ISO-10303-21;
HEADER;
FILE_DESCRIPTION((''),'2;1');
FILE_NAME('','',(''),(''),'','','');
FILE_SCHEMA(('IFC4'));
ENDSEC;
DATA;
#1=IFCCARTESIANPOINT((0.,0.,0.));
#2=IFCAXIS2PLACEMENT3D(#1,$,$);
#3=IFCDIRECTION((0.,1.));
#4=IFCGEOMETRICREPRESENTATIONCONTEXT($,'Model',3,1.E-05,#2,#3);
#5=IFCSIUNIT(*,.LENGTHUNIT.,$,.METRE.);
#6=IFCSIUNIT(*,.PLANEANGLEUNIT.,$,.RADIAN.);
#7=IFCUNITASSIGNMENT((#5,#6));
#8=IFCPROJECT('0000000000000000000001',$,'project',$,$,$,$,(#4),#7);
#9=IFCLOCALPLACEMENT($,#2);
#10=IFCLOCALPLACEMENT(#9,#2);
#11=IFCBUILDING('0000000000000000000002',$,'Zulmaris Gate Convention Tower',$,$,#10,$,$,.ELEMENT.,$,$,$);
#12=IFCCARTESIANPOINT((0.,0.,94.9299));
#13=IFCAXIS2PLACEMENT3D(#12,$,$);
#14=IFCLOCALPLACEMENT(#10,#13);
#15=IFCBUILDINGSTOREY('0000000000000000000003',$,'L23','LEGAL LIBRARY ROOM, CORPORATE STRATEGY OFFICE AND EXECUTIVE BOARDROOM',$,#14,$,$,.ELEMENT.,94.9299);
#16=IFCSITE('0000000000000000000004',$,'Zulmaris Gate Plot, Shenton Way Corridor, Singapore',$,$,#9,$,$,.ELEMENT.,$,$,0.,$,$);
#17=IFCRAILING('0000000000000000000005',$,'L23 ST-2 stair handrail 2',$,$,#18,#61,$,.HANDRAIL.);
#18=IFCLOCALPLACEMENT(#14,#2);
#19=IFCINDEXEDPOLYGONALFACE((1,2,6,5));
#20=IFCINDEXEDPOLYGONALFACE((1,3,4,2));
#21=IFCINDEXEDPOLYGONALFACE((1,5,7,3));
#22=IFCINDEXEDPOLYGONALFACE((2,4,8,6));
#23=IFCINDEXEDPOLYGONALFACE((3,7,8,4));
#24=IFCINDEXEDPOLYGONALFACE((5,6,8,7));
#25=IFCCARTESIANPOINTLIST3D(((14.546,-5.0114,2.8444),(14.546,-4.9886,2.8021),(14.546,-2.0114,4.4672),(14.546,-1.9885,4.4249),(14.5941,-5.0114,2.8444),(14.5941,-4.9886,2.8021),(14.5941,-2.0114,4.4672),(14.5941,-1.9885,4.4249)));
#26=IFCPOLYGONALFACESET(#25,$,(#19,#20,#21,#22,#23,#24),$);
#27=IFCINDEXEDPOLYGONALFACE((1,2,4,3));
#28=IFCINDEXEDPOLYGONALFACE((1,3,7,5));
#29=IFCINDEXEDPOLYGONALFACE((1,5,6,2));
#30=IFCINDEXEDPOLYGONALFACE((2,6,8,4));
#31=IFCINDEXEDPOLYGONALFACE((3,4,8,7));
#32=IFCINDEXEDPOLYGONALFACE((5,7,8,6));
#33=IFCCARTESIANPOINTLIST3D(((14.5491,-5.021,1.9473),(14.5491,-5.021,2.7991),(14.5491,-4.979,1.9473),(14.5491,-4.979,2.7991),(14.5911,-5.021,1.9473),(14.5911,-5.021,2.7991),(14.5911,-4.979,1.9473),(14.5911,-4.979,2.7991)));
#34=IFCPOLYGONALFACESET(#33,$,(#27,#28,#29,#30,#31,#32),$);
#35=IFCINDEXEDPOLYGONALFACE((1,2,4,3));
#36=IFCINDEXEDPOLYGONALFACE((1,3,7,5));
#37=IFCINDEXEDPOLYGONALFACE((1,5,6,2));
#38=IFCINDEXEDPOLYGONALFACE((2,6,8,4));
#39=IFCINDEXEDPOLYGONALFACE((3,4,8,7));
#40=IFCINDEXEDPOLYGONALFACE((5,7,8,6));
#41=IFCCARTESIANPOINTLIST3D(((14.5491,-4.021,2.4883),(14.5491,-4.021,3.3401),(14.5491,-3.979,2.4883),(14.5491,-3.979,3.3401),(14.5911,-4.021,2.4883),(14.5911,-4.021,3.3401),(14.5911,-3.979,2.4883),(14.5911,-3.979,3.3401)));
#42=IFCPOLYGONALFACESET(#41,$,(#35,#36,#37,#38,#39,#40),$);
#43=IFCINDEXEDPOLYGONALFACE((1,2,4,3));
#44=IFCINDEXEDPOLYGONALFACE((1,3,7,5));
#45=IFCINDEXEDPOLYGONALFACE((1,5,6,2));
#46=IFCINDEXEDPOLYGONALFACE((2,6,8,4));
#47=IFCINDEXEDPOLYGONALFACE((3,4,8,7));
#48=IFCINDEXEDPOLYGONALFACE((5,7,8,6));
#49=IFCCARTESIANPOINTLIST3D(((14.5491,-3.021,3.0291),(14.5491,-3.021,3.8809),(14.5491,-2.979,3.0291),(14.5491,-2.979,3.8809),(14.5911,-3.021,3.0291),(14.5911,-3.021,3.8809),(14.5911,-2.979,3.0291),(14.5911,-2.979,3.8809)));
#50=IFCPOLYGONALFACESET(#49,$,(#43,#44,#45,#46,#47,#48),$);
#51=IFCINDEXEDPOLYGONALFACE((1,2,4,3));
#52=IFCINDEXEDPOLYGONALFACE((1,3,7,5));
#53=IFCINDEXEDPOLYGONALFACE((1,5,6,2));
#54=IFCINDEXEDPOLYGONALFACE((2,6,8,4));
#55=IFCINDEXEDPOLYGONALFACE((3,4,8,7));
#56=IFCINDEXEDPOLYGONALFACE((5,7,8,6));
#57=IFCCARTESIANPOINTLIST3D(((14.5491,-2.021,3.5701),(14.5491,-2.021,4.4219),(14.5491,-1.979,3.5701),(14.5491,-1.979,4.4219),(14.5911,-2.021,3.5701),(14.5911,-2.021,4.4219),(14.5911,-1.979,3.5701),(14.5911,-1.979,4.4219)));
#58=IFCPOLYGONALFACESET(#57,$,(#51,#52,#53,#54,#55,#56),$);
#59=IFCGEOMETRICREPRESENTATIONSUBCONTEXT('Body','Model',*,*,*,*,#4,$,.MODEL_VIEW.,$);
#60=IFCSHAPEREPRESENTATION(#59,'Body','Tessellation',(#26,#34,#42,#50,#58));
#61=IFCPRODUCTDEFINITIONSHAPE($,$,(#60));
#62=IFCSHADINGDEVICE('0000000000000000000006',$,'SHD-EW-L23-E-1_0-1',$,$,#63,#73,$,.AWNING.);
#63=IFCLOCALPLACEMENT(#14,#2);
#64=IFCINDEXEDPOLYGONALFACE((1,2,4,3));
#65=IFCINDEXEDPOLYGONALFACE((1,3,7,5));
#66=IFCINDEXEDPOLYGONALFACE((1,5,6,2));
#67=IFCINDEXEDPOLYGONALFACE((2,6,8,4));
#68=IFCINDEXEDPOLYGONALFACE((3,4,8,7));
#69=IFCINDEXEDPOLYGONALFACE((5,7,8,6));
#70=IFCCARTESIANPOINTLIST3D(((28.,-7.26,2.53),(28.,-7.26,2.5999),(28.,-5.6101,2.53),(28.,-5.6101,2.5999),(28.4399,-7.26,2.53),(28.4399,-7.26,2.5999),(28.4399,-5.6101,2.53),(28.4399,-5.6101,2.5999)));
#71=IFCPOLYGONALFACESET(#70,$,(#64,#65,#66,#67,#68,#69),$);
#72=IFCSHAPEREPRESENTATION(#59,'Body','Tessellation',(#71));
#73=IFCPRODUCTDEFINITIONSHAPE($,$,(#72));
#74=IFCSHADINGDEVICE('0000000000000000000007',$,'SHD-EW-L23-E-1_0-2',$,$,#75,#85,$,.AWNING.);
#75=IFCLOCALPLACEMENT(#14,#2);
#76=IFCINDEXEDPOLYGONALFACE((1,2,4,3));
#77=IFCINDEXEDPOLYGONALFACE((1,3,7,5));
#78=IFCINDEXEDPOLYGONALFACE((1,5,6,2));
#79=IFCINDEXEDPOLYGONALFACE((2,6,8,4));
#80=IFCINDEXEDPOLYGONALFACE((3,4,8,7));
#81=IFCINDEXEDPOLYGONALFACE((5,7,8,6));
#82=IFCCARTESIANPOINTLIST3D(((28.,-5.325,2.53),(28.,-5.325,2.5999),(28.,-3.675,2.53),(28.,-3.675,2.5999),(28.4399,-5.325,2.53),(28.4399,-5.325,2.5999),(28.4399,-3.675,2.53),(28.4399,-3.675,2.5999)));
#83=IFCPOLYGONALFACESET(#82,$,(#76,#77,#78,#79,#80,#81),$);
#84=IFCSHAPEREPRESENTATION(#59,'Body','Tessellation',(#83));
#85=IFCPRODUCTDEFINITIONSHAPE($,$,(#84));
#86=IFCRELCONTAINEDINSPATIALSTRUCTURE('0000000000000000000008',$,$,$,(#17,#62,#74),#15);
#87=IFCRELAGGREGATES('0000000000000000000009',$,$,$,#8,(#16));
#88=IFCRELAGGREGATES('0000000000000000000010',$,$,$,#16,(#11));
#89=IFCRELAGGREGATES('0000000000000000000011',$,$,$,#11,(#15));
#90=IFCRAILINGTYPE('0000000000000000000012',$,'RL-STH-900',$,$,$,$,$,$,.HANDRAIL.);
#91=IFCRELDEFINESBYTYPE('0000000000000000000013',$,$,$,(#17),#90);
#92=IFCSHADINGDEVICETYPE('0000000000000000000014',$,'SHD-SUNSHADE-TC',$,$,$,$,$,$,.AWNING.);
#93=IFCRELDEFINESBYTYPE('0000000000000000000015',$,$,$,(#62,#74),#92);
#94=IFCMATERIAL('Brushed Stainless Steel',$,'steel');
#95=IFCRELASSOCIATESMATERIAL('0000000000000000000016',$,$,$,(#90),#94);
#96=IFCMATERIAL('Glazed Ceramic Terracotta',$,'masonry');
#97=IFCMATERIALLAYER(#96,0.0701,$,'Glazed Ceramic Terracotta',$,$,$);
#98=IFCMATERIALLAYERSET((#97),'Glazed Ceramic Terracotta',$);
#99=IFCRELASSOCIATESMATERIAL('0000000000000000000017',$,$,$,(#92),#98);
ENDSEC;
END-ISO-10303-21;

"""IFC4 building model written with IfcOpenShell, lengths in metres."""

from ifc_helpers import new_model, si_unit, direction, frame, frame_2d, origin, origin_2d, place, context, subcontext, project, spatial, rectangle, extrude, material, layer, layer_set, type_object, element, save


model = new_model("IFC4")

# Units and contexts
model_context = context("Model", 3, precision=1e-05, world=origin(), true_north=direction((0.0, 1.0)))
body_context = subcontext(model_context, "Body", "Model", "MODEL_VIEW")
ifc_project = project(units=[si_unit("LENGTHUNIT", "METRE"), si_unit("PLANEANGLEUNIT", "RADIAN")], contexts=[model_context])

# Site, building, storey
site_placement = place(None, origin())
site = spatial("IfcSite", under=ifc_project, at=site_placement, Name="Zulmaris Gate Plot, Shenton Way Corridor, Singapore", CompositionType="ELEMENT", RefElevation=0.0)
building_placement = place(site_placement, origin())
building = spatial("IfcBuilding", under=site, at=building_placement, Name="Zulmaris Gate Convention Tower", CompositionType="ELEMENT")
storey_placement = place(building_placement, frame((0.0, 0.0, 94.9299)))
storey = spatial("IfcBuildingStorey", under=building, at=storey_placement, Name="L23", Description="LEGAL LIBRARY ROOM, CORPORATE STRATEGY OFFICE AND EXECUTIVE BOARDROOM", CompositionType="ELEMENT", Elevation=94.9299)

# Shared definitions
ifc_material_1 = material(Name="Brushed Stainless Steel", Category="steel")

# Railing
railing_type_1 = type_object("IfcRailingType", Name="RL-STH-900", PredefinedType="HANDRAIL", material=ifc_material_1)
railing_1_placement = place(storey_placement, frame((14.5701, -5.0, 1.9473)))
element("IfcRailing", 1, at=railing_1_placement, inside=storey, type_object=railing_type_1, Name="L23 ST-2 stair handrail 2", PredefinedType="HANDRAIL", context=body_context, shape_type="SweptSolid", body=[
    extrude(rectangle(XDim=0.0481, YDim=0.0481, at=origin_2d()), frame((0.0, 0.0, 0.876), z_axis=(0.0, 0.879562, 0.475785), x_axis=(-1.0, 0.0, 0.0)), (0.0, 0.0, 1.0), 3.4109),
    extrude(rectangle(XDim=0.042, YDim=0.042, at=origin_2d()), origin(), (0.0, 0.0, 1.0), 0.8518),
    extrude(rectangle(XDim=0.042, YDim=0.042, at=origin_2d()), frame((0.0, 1.0, 0.541)), (0.0, 0.0, 1.0), 0.8518),
    extrude(rectangle(XDim=0.042, YDim=0.042, at=origin_2d()), frame((0.0, 2.0, 1.0818)), (0.0, 0.0, 1.0), 0.8518),
    extrude(rectangle(XDim=0.042, YDim=0.042, at=origin_2d()), frame((0.0, 3.0, 1.6228)), (0.0, 0.0, 1.0), 0.8518),
])

# Shading devices
ifc_material_2 = material(Name="Glazed Ceramic Terracotta", Category="masonry")
ifc_layer_1 = layer(ifc_material_2, 0.0701, Name="Glazed Ceramic Terracotta")
ifc_layer_set_1 = layer_set([ifc_layer_1], Name="Glazed Ceramic Terracotta")
shading_device_type = type_object("IfcShadingDeviceType", Name="SHD-SUNSHADE-TC", PredefinedType="AWNING", material=ifc_layer_set_1)
for number, where, z_axis, x_axis, name in (
    (2, (28.22, -7.26, 2.53), (0.0, 0.0, 1.0), (0.0, 1.0, 0.0), "SHD-EW-L23-E-1_0-1"),
    (3, (28.22, -5.325, 2.53), (0.0, 0.0, 1.0), (0.0, 1.0, 0.0), "SHD-EW-L23-E-1_0-2"),
):
    element("IfcShadingDevice", number, at=place(storey_placement, frame(where, z_axis=z_axis, x_axis=x_axis)), inside=storey, type_object=shading_device_type, Name=name, PredefinedType="AWNING", context=body_context, shape_type="SweptSolid", body=[
        extrude(rectangle(XDim=1.6499, YDim=0.4399, at=frame_2d((0.825, 0.0))), origin(), (0.0, 0.0, 1.0), 0.0698),
    ])

save(model, "model.ifc")
